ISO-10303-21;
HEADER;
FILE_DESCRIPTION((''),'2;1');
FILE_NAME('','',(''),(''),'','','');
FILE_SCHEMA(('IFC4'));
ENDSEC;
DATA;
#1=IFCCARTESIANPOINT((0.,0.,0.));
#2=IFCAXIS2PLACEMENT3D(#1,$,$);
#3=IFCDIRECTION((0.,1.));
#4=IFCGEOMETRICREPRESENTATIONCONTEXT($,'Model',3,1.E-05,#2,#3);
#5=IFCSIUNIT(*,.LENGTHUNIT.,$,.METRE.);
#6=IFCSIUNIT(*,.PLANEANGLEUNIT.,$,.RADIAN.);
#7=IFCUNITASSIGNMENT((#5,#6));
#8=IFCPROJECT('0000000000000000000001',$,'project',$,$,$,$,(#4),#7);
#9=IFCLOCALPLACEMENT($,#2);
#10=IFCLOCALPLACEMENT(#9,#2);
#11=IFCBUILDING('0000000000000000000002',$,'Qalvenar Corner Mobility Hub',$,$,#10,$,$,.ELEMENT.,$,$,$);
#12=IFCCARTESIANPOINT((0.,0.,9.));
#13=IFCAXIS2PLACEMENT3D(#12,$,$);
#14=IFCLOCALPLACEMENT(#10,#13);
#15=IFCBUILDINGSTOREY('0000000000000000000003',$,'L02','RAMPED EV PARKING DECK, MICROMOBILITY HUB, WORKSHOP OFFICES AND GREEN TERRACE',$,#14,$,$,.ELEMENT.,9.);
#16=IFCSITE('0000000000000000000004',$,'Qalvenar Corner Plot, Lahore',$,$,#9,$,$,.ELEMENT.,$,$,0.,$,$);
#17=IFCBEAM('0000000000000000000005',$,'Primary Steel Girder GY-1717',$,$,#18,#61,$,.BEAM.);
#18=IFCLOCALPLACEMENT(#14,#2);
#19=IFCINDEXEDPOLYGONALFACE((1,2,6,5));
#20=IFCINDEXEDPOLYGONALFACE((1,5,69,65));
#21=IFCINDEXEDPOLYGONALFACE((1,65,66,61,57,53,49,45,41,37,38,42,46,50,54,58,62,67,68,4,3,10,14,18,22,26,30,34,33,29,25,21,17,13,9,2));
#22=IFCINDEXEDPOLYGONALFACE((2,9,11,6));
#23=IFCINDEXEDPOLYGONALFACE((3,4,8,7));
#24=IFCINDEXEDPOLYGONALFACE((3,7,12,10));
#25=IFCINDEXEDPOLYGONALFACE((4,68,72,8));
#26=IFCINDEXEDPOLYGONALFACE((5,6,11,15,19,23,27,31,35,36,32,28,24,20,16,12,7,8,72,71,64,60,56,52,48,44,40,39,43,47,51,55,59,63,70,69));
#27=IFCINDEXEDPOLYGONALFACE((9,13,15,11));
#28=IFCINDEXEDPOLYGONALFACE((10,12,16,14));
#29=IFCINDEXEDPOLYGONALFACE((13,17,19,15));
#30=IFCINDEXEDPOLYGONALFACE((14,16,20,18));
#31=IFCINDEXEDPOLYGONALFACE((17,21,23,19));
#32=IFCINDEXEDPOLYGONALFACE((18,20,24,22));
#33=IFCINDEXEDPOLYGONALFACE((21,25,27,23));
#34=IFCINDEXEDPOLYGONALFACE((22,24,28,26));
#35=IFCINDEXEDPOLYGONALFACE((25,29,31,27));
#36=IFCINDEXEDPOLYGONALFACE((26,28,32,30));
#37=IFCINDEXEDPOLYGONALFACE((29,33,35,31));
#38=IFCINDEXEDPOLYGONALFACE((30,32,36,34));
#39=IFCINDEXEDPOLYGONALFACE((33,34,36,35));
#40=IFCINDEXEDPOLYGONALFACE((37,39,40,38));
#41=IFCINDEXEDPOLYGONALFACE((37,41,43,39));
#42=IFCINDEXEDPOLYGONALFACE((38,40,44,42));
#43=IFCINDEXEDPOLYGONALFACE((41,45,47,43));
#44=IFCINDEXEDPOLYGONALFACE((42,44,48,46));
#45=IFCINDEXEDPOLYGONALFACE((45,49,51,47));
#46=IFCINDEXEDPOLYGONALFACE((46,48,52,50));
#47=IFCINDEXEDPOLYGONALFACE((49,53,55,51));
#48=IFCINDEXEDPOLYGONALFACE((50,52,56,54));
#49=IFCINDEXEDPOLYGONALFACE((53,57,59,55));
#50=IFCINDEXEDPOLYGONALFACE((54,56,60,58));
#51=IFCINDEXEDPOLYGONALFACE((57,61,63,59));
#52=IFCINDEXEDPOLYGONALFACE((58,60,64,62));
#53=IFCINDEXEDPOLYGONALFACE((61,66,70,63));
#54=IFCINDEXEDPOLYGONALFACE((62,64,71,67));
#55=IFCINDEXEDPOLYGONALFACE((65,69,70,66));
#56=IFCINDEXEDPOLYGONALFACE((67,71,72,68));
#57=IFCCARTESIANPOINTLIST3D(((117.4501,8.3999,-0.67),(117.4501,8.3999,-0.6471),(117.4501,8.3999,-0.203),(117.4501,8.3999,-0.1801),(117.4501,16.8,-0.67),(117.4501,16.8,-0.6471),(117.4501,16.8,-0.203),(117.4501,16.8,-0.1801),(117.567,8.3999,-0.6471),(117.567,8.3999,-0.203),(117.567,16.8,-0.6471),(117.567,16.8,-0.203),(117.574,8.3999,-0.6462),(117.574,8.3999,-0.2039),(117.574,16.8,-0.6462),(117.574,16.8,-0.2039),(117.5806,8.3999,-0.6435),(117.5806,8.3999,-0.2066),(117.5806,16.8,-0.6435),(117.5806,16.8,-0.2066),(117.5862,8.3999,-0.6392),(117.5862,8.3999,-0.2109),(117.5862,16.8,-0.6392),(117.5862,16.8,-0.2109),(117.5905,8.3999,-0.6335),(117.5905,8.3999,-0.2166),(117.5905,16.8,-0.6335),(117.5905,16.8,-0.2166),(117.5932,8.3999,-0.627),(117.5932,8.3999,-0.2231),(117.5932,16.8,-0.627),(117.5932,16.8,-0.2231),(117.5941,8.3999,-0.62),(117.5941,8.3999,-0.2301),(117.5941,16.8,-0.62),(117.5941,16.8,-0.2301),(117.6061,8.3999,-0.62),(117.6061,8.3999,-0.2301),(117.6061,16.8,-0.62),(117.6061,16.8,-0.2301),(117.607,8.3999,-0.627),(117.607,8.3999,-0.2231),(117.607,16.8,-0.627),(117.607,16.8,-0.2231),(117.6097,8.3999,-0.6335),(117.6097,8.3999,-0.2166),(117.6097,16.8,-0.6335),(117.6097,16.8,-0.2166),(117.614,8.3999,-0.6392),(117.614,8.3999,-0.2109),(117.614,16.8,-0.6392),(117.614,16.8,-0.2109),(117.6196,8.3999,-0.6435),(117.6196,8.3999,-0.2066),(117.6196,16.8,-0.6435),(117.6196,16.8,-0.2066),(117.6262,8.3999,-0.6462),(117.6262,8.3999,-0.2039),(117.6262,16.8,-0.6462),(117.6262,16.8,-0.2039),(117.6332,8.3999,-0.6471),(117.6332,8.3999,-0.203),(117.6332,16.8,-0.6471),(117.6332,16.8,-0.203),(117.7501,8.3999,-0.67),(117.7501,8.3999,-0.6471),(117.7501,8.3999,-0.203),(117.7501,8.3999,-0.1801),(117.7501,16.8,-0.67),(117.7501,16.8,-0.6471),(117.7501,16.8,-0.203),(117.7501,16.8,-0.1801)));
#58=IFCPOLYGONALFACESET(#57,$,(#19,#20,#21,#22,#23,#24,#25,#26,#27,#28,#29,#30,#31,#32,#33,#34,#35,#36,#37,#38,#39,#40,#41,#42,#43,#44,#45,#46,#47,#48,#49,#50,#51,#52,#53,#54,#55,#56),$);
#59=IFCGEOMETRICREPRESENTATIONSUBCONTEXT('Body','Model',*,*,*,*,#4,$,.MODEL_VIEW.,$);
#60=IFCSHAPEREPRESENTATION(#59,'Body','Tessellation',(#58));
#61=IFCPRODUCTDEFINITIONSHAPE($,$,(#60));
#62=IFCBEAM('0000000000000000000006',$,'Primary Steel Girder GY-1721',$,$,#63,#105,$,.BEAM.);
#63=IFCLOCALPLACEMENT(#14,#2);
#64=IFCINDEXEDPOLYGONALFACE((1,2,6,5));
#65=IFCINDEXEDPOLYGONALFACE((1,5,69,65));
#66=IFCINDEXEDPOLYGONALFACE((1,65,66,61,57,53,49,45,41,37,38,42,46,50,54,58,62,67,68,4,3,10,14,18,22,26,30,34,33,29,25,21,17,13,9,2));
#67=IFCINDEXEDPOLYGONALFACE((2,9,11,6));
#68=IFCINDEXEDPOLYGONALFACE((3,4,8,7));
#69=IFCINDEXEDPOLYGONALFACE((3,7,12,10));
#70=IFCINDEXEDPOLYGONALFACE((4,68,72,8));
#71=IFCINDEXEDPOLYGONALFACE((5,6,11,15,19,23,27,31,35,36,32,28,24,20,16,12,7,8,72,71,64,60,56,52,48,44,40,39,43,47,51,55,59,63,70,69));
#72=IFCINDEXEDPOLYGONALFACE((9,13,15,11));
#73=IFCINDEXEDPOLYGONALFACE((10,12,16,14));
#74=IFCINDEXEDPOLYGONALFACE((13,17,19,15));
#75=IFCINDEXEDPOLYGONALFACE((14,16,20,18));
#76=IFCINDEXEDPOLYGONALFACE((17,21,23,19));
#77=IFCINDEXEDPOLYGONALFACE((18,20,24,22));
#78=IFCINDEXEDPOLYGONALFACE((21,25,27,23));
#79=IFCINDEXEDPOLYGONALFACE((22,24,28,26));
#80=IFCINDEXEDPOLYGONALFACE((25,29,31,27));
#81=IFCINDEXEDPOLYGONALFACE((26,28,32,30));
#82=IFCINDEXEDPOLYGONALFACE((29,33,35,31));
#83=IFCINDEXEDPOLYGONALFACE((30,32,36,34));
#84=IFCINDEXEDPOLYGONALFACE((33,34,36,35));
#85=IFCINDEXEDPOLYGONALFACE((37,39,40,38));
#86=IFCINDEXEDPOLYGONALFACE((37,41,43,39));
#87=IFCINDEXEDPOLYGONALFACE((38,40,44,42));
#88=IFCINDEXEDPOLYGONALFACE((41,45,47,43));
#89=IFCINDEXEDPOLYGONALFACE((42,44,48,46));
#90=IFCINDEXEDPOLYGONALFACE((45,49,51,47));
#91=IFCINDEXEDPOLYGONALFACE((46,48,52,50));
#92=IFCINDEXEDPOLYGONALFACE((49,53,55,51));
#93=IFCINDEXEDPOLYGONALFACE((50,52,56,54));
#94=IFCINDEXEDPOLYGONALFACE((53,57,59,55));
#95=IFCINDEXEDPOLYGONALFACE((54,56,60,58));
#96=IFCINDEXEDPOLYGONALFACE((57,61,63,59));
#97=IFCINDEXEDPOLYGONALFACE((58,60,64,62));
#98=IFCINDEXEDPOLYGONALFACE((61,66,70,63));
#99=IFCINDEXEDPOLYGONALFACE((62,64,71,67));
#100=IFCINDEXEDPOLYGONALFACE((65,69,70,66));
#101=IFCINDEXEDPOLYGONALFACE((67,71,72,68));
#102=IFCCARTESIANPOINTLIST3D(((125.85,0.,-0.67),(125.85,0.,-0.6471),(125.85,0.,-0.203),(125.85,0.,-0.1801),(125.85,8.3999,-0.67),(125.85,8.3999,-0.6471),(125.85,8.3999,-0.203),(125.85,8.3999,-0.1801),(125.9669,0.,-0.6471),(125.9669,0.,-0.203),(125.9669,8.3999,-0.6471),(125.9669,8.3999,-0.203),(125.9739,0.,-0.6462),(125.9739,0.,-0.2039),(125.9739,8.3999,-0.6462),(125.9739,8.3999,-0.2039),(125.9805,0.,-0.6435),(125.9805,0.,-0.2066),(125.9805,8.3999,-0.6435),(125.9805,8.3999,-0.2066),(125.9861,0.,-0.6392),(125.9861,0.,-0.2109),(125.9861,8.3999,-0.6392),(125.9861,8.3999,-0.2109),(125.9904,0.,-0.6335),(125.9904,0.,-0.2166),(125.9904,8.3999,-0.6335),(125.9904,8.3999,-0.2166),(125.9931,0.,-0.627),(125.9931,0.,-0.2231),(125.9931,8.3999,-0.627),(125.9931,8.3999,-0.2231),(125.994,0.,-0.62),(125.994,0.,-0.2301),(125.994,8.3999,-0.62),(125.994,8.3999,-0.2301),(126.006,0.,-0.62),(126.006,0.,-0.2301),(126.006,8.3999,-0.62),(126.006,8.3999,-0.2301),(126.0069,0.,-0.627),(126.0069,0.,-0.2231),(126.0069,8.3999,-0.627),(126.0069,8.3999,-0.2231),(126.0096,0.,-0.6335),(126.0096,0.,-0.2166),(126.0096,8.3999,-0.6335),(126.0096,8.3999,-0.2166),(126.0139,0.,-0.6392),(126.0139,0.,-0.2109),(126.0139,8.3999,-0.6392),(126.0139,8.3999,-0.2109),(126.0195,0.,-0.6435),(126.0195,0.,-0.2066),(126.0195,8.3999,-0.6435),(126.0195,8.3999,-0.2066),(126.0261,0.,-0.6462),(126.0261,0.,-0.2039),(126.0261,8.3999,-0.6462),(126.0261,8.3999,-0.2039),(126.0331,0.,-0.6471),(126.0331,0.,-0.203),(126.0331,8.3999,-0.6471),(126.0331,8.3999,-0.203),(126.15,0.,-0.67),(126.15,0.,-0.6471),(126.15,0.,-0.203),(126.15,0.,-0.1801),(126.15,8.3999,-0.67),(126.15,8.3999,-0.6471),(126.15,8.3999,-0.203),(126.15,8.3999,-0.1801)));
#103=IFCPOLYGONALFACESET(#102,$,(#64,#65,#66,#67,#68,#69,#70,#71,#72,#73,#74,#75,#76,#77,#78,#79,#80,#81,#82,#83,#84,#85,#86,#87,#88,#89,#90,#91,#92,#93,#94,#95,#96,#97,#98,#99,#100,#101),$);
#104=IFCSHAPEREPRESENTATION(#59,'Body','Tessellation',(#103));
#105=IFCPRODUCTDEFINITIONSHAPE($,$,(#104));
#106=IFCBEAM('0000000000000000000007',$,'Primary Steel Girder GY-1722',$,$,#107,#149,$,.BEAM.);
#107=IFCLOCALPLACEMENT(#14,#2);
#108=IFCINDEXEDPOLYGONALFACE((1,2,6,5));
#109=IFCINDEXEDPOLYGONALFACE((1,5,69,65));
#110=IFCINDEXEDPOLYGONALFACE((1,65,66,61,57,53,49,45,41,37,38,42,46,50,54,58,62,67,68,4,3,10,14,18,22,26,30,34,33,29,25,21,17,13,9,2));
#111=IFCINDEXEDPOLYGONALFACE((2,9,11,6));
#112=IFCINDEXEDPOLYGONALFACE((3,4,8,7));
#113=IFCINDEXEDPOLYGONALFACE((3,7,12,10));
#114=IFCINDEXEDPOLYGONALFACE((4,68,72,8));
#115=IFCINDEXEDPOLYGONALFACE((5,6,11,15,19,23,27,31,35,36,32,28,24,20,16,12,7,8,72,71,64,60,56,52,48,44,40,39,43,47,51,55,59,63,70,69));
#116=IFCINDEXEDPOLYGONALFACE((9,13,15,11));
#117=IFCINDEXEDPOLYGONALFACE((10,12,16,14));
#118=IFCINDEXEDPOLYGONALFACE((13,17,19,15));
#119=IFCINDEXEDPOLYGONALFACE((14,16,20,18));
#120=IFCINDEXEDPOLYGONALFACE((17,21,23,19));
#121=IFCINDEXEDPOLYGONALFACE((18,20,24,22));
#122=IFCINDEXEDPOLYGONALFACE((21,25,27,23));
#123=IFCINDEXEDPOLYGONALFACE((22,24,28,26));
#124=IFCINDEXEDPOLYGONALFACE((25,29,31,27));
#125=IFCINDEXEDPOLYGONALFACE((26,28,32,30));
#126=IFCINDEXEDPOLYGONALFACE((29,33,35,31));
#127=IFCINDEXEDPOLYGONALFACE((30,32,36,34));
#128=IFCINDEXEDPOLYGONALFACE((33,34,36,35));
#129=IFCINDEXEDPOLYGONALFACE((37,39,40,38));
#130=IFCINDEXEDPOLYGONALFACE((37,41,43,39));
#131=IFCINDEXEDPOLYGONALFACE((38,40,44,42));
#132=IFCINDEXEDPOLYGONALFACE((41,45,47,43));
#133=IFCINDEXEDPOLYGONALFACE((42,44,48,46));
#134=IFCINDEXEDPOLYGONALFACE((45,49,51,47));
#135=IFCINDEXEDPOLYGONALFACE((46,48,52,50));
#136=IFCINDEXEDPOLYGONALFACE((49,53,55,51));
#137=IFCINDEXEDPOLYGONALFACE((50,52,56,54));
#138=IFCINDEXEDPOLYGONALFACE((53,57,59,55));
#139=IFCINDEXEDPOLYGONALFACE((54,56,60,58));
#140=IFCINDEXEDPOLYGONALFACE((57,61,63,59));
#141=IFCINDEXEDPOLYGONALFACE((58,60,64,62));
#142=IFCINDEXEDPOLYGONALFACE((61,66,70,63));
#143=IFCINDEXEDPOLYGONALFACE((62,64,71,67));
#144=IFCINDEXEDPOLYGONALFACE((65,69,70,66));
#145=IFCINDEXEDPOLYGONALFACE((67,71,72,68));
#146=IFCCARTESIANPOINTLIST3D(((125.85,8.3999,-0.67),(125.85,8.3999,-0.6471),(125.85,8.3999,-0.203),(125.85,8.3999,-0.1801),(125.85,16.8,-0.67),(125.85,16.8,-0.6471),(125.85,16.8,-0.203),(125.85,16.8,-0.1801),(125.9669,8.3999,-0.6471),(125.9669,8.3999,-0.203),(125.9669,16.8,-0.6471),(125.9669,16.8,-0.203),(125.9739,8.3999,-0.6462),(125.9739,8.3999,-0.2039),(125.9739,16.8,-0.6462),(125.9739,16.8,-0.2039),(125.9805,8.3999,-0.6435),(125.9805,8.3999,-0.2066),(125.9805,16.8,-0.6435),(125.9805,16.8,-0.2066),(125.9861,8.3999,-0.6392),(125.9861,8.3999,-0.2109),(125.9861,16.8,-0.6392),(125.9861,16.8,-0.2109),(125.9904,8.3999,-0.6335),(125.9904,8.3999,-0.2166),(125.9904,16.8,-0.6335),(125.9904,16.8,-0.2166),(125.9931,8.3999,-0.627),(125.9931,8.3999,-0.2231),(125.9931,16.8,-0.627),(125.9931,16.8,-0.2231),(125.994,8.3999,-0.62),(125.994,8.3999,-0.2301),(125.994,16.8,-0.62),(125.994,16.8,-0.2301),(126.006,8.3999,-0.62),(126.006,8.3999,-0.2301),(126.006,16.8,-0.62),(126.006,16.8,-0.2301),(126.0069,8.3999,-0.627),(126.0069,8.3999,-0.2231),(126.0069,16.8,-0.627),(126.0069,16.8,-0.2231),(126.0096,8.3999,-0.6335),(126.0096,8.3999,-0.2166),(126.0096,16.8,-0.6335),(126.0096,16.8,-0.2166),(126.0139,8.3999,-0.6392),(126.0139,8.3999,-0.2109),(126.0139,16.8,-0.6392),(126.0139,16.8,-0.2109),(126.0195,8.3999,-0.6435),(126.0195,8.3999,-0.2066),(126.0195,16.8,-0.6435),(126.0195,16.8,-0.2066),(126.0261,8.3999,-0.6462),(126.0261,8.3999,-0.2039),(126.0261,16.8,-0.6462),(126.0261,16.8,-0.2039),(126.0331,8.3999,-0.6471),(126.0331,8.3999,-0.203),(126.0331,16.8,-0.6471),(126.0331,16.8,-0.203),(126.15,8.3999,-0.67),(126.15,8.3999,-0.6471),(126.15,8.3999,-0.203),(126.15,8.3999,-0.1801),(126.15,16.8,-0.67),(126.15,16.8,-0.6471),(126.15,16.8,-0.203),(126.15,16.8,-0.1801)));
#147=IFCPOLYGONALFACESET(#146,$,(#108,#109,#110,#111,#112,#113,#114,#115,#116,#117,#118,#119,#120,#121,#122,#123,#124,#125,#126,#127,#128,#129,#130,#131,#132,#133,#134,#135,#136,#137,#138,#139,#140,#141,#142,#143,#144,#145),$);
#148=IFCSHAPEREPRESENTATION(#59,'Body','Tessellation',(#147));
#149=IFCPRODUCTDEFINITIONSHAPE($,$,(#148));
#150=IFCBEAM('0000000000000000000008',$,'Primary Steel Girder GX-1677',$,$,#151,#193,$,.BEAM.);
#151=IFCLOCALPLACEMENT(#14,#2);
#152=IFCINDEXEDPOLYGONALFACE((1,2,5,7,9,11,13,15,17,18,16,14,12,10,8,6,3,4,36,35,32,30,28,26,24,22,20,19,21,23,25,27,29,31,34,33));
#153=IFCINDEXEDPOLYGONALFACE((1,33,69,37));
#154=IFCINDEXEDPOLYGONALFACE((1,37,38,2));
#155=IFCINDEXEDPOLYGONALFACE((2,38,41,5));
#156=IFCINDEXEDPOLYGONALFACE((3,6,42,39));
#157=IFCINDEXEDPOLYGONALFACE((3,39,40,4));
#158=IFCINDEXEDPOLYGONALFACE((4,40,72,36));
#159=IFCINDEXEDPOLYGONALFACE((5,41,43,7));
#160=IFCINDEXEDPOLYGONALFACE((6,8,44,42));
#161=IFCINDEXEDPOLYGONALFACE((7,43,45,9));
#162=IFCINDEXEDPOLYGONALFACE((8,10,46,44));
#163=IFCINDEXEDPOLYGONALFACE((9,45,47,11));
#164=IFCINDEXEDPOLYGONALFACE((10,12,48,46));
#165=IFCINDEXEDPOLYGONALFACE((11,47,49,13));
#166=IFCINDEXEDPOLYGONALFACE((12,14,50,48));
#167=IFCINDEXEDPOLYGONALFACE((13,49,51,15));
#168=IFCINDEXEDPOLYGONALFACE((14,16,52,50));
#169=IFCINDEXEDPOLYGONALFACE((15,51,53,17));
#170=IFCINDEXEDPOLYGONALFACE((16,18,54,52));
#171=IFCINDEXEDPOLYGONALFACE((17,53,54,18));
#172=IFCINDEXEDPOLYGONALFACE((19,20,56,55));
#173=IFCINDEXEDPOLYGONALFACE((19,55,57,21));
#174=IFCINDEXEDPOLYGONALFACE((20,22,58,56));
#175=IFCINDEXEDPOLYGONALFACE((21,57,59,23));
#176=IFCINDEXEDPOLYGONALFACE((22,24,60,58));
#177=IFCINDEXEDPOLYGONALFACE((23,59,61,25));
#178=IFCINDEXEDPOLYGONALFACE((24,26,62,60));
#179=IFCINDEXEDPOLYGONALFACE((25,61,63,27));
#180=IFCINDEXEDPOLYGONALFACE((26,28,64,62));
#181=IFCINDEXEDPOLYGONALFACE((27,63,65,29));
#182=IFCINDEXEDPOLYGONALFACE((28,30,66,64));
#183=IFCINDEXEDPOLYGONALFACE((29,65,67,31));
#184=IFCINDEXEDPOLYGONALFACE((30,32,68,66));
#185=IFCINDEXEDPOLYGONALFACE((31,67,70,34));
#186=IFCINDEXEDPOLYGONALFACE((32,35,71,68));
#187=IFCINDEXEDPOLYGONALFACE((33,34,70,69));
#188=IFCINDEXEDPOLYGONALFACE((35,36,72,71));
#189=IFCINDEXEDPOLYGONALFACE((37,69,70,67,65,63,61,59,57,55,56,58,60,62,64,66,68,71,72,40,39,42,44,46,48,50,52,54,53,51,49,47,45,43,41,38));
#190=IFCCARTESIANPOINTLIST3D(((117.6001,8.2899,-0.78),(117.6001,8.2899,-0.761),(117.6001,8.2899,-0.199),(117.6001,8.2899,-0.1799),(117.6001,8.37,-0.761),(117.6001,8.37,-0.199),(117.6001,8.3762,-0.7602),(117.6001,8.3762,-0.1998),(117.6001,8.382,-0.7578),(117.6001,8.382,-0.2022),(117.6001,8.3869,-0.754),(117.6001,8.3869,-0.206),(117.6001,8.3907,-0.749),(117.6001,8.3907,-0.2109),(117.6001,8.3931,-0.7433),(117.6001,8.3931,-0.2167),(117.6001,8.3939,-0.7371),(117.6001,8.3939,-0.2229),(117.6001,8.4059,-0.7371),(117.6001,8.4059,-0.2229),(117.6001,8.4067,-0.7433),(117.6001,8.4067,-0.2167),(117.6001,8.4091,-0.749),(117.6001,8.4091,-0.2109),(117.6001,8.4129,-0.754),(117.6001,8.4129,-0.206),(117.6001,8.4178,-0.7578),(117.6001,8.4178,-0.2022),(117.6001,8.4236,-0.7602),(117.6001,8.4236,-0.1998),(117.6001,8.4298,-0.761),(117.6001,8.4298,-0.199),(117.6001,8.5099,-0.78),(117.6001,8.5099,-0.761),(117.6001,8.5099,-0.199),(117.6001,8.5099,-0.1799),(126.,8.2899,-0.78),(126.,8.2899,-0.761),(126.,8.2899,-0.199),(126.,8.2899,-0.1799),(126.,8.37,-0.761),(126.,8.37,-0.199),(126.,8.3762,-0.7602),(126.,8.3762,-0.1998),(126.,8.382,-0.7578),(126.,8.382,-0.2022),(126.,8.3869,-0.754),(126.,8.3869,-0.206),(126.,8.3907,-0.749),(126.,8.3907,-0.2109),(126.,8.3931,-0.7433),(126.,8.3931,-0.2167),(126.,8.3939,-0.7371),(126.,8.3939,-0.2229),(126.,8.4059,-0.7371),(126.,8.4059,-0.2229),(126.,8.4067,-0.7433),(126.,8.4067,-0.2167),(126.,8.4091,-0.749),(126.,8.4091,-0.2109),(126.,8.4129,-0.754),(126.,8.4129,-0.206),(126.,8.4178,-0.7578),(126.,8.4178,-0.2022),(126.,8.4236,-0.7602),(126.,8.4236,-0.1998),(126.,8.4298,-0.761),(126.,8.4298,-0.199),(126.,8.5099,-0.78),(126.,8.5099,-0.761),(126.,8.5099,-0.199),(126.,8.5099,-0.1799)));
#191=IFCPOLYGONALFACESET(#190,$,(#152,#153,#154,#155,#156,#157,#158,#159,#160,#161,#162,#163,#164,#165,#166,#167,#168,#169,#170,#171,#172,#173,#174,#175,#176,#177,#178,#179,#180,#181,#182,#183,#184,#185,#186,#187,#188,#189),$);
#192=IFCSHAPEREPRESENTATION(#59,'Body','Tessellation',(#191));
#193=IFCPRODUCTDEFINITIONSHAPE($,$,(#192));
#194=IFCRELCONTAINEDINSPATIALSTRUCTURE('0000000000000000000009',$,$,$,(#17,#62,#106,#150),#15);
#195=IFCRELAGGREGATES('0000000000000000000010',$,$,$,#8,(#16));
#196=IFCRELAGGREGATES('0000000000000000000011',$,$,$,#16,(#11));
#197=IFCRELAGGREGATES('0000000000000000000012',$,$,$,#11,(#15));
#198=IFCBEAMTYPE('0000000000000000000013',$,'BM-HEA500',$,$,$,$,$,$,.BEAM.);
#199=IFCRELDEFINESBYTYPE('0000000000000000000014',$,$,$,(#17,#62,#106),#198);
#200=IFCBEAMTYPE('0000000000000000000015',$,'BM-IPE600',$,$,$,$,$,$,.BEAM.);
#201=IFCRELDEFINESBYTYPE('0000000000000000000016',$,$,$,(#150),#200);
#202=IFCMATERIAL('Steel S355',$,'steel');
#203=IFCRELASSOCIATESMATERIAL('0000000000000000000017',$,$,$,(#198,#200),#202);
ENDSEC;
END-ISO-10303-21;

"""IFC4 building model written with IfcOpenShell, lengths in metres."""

from ifc_helpers import new_model, si_unit, direction, frame, origin, origin_2d, place, context, subcontext, project, spatial, i_section, extrude, material, material_profile, profile_set, type_object, element, save


model = new_model("IFC4")

# Units and contexts
model_context = context("Model", 3, precision=1e-05, world=origin(), true_north=direction((0.0, 1.0)))
body_context = subcontext(model_context, "Body", "Model", "MODEL_VIEW")
ifc_project = project(units=[si_unit("LENGTHUNIT", "METRE"), si_unit("PLANEANGLEUNIT", "RADIAN")], contexts=[model_context])

# Site, building, storey
site_placement = place(None, origin())
site = spatial("IfcSite", under=ifc_project, at=site_placement, Name="Qalvenar Corner Plot, Lahore", CompositionType="ELEMENT", RefElevation=0.0)
building_placement = place(site_placement, origin())
building = spatial("IfcBuilding", under=site, at=building_placement, Name="Qalvenar Corner Mobility Hub", CompositionType="ELEMENT")
storey_placement = place(building_placement, frame((0.0, 0.0, 9.0)))
storey = spatial("IfcBuildingStorey", under=building, at=storey_placement, Name="L02", Description="RAMPED EV PARKING DECK, MICROMOBILITY HUB, WORKSHOP OFFICES AND GREEN TERRACE", CompositionType="ELEMENT", Elevation=9.0)

# Shared definitions
ifc_material_1 = material(Name="Steel S355", Category="steel")

# Beams
ifc_material_profile_1 = material_profile(ifc_material_1, i_section(OverallWidth=0.3, OverallDepth=0.49, WebThickness=0.012, FlangeThickness=0.0229, FilletRadius=0.0271, at=origin_2d()), Name="HEA500")
ifc_profile_set_1 = profile_set([ifc_material_profile_1], Name="Steel S355")
beam_type_1 = type_object("IfcBeamType", Name="BM-HEA500", PredefinedType="BEAM", material=ifc_profile_set_1)
beam_1_placement = place(storey_placement, frame((117.6001, 8.3999, -0.425), z_axis=(0.0, 1.0, 0.0), x_axis=(-1.0, 0.0, 0.0)))
element("IfcBeam", 1, at=beam_1_placement, inside=storey, type_object=beam_type_1, Name="Primary Steel Girder GY-1717", PredefinedType="BEAM", context=body_context, shape_type="SweptSolid", body=[
    extrude(i_section(OverallWidth=0.3, OverallDepth=0.49, WebThickness=0.012, FlangeThickness=0.0229, FilletRadius=0.0271, at=origin_2d()), origin(), (0.0, 0.0, 1.0), 8.4001),
])
beam_2_placement = place(storey_placement, frame((126.0, 0.0, -0.425), z_axis=(0.0, 1.0, 0.0), x_axis=(-1.0, 0.0, 0.0)))
element("IfcBeam", 2, at=beam_2_placement, inside=storey, type_object=beam_type_1, Name="Primary Steel Girder GY-1721", PredefinedType="BEAM", context=body_context, shape_type="SweptSolid", body=[
    extrude(i_section(OverallWidth=0.3, OverallDepth=0.49, WebThickness=0.012, FlangeThickness=0.0229, FilletRadius=0.0271, at=origin_2d()), origin(), (0.0, 0.0, 1.0), 8.3999),
])
beam_3_placement = place(storey_placement, frame((126.0, 8.3999, -0.425), z_axis=(0.0, 1.0, 0.0), x_axis=(-1.0, 0.0, 0.0)))
element("IfcBeam", 3, at=beam_3_placement, inside=storey, type_object=beam_type_1, Name="Primary Steel Girder GY-1722", PredefinedType="BEAM", context=body_context, shape_type="SweptSolid", body=[
    extrude(i_section(OverallWidth=0.3, OverallDepth=0.49, WebThickness=0.012, FlangeThickness=0.0229, FilletRadius=0.0271, at=origin_2d()), origin(), (0.0, 0.0, 1.0), 8.4001),
])
ifc_material_profile_2 = material_profile(ifc_material_1, i_section(OverallWidth=0.22, OverallDepth=0.6001, WebThickness=0.012, FlangeThickness=0.019, FilletRadius=0.0239, at=origin_2d()), Name="IPE600")
ifc_profile_set_2 = profile_set([ifc_material_profile_2], Name="Steel S355")
beam_type_2 = type_object("IfcBeamType", Name="BM-IPE600", PredefinedType="BEAM", material=ifc_profile_set_2)
for number, where, z_axis, x_axis, name in (
    (4, (117.6001, 8.3999, -0.48), (1.0, 0.0, 0.0), (0.0, 1.0, 0.0), "Primary Steel Girder GX-1677"),
):
    element("IfcBeam", number, at=place(storey_placement, frame(where, z_axis=z_axis, x_axis=x_axis)), inside=storey, type_object=beam_type_2, Name=name, PredefinedType="BEAM", context=body_context, shape_type="SweptSolid", body=[
        extrude(i_section(OverallWidth=0.22, OverallDepth=0.6001, WebThickness=0.012, FlangeThickness=0.019, FilletRadius=0.0239, at=origin_2d()), origin(), (0.0, 0.0, 1.0), 8.3999),
    ])

save(model, "model.ifc")
